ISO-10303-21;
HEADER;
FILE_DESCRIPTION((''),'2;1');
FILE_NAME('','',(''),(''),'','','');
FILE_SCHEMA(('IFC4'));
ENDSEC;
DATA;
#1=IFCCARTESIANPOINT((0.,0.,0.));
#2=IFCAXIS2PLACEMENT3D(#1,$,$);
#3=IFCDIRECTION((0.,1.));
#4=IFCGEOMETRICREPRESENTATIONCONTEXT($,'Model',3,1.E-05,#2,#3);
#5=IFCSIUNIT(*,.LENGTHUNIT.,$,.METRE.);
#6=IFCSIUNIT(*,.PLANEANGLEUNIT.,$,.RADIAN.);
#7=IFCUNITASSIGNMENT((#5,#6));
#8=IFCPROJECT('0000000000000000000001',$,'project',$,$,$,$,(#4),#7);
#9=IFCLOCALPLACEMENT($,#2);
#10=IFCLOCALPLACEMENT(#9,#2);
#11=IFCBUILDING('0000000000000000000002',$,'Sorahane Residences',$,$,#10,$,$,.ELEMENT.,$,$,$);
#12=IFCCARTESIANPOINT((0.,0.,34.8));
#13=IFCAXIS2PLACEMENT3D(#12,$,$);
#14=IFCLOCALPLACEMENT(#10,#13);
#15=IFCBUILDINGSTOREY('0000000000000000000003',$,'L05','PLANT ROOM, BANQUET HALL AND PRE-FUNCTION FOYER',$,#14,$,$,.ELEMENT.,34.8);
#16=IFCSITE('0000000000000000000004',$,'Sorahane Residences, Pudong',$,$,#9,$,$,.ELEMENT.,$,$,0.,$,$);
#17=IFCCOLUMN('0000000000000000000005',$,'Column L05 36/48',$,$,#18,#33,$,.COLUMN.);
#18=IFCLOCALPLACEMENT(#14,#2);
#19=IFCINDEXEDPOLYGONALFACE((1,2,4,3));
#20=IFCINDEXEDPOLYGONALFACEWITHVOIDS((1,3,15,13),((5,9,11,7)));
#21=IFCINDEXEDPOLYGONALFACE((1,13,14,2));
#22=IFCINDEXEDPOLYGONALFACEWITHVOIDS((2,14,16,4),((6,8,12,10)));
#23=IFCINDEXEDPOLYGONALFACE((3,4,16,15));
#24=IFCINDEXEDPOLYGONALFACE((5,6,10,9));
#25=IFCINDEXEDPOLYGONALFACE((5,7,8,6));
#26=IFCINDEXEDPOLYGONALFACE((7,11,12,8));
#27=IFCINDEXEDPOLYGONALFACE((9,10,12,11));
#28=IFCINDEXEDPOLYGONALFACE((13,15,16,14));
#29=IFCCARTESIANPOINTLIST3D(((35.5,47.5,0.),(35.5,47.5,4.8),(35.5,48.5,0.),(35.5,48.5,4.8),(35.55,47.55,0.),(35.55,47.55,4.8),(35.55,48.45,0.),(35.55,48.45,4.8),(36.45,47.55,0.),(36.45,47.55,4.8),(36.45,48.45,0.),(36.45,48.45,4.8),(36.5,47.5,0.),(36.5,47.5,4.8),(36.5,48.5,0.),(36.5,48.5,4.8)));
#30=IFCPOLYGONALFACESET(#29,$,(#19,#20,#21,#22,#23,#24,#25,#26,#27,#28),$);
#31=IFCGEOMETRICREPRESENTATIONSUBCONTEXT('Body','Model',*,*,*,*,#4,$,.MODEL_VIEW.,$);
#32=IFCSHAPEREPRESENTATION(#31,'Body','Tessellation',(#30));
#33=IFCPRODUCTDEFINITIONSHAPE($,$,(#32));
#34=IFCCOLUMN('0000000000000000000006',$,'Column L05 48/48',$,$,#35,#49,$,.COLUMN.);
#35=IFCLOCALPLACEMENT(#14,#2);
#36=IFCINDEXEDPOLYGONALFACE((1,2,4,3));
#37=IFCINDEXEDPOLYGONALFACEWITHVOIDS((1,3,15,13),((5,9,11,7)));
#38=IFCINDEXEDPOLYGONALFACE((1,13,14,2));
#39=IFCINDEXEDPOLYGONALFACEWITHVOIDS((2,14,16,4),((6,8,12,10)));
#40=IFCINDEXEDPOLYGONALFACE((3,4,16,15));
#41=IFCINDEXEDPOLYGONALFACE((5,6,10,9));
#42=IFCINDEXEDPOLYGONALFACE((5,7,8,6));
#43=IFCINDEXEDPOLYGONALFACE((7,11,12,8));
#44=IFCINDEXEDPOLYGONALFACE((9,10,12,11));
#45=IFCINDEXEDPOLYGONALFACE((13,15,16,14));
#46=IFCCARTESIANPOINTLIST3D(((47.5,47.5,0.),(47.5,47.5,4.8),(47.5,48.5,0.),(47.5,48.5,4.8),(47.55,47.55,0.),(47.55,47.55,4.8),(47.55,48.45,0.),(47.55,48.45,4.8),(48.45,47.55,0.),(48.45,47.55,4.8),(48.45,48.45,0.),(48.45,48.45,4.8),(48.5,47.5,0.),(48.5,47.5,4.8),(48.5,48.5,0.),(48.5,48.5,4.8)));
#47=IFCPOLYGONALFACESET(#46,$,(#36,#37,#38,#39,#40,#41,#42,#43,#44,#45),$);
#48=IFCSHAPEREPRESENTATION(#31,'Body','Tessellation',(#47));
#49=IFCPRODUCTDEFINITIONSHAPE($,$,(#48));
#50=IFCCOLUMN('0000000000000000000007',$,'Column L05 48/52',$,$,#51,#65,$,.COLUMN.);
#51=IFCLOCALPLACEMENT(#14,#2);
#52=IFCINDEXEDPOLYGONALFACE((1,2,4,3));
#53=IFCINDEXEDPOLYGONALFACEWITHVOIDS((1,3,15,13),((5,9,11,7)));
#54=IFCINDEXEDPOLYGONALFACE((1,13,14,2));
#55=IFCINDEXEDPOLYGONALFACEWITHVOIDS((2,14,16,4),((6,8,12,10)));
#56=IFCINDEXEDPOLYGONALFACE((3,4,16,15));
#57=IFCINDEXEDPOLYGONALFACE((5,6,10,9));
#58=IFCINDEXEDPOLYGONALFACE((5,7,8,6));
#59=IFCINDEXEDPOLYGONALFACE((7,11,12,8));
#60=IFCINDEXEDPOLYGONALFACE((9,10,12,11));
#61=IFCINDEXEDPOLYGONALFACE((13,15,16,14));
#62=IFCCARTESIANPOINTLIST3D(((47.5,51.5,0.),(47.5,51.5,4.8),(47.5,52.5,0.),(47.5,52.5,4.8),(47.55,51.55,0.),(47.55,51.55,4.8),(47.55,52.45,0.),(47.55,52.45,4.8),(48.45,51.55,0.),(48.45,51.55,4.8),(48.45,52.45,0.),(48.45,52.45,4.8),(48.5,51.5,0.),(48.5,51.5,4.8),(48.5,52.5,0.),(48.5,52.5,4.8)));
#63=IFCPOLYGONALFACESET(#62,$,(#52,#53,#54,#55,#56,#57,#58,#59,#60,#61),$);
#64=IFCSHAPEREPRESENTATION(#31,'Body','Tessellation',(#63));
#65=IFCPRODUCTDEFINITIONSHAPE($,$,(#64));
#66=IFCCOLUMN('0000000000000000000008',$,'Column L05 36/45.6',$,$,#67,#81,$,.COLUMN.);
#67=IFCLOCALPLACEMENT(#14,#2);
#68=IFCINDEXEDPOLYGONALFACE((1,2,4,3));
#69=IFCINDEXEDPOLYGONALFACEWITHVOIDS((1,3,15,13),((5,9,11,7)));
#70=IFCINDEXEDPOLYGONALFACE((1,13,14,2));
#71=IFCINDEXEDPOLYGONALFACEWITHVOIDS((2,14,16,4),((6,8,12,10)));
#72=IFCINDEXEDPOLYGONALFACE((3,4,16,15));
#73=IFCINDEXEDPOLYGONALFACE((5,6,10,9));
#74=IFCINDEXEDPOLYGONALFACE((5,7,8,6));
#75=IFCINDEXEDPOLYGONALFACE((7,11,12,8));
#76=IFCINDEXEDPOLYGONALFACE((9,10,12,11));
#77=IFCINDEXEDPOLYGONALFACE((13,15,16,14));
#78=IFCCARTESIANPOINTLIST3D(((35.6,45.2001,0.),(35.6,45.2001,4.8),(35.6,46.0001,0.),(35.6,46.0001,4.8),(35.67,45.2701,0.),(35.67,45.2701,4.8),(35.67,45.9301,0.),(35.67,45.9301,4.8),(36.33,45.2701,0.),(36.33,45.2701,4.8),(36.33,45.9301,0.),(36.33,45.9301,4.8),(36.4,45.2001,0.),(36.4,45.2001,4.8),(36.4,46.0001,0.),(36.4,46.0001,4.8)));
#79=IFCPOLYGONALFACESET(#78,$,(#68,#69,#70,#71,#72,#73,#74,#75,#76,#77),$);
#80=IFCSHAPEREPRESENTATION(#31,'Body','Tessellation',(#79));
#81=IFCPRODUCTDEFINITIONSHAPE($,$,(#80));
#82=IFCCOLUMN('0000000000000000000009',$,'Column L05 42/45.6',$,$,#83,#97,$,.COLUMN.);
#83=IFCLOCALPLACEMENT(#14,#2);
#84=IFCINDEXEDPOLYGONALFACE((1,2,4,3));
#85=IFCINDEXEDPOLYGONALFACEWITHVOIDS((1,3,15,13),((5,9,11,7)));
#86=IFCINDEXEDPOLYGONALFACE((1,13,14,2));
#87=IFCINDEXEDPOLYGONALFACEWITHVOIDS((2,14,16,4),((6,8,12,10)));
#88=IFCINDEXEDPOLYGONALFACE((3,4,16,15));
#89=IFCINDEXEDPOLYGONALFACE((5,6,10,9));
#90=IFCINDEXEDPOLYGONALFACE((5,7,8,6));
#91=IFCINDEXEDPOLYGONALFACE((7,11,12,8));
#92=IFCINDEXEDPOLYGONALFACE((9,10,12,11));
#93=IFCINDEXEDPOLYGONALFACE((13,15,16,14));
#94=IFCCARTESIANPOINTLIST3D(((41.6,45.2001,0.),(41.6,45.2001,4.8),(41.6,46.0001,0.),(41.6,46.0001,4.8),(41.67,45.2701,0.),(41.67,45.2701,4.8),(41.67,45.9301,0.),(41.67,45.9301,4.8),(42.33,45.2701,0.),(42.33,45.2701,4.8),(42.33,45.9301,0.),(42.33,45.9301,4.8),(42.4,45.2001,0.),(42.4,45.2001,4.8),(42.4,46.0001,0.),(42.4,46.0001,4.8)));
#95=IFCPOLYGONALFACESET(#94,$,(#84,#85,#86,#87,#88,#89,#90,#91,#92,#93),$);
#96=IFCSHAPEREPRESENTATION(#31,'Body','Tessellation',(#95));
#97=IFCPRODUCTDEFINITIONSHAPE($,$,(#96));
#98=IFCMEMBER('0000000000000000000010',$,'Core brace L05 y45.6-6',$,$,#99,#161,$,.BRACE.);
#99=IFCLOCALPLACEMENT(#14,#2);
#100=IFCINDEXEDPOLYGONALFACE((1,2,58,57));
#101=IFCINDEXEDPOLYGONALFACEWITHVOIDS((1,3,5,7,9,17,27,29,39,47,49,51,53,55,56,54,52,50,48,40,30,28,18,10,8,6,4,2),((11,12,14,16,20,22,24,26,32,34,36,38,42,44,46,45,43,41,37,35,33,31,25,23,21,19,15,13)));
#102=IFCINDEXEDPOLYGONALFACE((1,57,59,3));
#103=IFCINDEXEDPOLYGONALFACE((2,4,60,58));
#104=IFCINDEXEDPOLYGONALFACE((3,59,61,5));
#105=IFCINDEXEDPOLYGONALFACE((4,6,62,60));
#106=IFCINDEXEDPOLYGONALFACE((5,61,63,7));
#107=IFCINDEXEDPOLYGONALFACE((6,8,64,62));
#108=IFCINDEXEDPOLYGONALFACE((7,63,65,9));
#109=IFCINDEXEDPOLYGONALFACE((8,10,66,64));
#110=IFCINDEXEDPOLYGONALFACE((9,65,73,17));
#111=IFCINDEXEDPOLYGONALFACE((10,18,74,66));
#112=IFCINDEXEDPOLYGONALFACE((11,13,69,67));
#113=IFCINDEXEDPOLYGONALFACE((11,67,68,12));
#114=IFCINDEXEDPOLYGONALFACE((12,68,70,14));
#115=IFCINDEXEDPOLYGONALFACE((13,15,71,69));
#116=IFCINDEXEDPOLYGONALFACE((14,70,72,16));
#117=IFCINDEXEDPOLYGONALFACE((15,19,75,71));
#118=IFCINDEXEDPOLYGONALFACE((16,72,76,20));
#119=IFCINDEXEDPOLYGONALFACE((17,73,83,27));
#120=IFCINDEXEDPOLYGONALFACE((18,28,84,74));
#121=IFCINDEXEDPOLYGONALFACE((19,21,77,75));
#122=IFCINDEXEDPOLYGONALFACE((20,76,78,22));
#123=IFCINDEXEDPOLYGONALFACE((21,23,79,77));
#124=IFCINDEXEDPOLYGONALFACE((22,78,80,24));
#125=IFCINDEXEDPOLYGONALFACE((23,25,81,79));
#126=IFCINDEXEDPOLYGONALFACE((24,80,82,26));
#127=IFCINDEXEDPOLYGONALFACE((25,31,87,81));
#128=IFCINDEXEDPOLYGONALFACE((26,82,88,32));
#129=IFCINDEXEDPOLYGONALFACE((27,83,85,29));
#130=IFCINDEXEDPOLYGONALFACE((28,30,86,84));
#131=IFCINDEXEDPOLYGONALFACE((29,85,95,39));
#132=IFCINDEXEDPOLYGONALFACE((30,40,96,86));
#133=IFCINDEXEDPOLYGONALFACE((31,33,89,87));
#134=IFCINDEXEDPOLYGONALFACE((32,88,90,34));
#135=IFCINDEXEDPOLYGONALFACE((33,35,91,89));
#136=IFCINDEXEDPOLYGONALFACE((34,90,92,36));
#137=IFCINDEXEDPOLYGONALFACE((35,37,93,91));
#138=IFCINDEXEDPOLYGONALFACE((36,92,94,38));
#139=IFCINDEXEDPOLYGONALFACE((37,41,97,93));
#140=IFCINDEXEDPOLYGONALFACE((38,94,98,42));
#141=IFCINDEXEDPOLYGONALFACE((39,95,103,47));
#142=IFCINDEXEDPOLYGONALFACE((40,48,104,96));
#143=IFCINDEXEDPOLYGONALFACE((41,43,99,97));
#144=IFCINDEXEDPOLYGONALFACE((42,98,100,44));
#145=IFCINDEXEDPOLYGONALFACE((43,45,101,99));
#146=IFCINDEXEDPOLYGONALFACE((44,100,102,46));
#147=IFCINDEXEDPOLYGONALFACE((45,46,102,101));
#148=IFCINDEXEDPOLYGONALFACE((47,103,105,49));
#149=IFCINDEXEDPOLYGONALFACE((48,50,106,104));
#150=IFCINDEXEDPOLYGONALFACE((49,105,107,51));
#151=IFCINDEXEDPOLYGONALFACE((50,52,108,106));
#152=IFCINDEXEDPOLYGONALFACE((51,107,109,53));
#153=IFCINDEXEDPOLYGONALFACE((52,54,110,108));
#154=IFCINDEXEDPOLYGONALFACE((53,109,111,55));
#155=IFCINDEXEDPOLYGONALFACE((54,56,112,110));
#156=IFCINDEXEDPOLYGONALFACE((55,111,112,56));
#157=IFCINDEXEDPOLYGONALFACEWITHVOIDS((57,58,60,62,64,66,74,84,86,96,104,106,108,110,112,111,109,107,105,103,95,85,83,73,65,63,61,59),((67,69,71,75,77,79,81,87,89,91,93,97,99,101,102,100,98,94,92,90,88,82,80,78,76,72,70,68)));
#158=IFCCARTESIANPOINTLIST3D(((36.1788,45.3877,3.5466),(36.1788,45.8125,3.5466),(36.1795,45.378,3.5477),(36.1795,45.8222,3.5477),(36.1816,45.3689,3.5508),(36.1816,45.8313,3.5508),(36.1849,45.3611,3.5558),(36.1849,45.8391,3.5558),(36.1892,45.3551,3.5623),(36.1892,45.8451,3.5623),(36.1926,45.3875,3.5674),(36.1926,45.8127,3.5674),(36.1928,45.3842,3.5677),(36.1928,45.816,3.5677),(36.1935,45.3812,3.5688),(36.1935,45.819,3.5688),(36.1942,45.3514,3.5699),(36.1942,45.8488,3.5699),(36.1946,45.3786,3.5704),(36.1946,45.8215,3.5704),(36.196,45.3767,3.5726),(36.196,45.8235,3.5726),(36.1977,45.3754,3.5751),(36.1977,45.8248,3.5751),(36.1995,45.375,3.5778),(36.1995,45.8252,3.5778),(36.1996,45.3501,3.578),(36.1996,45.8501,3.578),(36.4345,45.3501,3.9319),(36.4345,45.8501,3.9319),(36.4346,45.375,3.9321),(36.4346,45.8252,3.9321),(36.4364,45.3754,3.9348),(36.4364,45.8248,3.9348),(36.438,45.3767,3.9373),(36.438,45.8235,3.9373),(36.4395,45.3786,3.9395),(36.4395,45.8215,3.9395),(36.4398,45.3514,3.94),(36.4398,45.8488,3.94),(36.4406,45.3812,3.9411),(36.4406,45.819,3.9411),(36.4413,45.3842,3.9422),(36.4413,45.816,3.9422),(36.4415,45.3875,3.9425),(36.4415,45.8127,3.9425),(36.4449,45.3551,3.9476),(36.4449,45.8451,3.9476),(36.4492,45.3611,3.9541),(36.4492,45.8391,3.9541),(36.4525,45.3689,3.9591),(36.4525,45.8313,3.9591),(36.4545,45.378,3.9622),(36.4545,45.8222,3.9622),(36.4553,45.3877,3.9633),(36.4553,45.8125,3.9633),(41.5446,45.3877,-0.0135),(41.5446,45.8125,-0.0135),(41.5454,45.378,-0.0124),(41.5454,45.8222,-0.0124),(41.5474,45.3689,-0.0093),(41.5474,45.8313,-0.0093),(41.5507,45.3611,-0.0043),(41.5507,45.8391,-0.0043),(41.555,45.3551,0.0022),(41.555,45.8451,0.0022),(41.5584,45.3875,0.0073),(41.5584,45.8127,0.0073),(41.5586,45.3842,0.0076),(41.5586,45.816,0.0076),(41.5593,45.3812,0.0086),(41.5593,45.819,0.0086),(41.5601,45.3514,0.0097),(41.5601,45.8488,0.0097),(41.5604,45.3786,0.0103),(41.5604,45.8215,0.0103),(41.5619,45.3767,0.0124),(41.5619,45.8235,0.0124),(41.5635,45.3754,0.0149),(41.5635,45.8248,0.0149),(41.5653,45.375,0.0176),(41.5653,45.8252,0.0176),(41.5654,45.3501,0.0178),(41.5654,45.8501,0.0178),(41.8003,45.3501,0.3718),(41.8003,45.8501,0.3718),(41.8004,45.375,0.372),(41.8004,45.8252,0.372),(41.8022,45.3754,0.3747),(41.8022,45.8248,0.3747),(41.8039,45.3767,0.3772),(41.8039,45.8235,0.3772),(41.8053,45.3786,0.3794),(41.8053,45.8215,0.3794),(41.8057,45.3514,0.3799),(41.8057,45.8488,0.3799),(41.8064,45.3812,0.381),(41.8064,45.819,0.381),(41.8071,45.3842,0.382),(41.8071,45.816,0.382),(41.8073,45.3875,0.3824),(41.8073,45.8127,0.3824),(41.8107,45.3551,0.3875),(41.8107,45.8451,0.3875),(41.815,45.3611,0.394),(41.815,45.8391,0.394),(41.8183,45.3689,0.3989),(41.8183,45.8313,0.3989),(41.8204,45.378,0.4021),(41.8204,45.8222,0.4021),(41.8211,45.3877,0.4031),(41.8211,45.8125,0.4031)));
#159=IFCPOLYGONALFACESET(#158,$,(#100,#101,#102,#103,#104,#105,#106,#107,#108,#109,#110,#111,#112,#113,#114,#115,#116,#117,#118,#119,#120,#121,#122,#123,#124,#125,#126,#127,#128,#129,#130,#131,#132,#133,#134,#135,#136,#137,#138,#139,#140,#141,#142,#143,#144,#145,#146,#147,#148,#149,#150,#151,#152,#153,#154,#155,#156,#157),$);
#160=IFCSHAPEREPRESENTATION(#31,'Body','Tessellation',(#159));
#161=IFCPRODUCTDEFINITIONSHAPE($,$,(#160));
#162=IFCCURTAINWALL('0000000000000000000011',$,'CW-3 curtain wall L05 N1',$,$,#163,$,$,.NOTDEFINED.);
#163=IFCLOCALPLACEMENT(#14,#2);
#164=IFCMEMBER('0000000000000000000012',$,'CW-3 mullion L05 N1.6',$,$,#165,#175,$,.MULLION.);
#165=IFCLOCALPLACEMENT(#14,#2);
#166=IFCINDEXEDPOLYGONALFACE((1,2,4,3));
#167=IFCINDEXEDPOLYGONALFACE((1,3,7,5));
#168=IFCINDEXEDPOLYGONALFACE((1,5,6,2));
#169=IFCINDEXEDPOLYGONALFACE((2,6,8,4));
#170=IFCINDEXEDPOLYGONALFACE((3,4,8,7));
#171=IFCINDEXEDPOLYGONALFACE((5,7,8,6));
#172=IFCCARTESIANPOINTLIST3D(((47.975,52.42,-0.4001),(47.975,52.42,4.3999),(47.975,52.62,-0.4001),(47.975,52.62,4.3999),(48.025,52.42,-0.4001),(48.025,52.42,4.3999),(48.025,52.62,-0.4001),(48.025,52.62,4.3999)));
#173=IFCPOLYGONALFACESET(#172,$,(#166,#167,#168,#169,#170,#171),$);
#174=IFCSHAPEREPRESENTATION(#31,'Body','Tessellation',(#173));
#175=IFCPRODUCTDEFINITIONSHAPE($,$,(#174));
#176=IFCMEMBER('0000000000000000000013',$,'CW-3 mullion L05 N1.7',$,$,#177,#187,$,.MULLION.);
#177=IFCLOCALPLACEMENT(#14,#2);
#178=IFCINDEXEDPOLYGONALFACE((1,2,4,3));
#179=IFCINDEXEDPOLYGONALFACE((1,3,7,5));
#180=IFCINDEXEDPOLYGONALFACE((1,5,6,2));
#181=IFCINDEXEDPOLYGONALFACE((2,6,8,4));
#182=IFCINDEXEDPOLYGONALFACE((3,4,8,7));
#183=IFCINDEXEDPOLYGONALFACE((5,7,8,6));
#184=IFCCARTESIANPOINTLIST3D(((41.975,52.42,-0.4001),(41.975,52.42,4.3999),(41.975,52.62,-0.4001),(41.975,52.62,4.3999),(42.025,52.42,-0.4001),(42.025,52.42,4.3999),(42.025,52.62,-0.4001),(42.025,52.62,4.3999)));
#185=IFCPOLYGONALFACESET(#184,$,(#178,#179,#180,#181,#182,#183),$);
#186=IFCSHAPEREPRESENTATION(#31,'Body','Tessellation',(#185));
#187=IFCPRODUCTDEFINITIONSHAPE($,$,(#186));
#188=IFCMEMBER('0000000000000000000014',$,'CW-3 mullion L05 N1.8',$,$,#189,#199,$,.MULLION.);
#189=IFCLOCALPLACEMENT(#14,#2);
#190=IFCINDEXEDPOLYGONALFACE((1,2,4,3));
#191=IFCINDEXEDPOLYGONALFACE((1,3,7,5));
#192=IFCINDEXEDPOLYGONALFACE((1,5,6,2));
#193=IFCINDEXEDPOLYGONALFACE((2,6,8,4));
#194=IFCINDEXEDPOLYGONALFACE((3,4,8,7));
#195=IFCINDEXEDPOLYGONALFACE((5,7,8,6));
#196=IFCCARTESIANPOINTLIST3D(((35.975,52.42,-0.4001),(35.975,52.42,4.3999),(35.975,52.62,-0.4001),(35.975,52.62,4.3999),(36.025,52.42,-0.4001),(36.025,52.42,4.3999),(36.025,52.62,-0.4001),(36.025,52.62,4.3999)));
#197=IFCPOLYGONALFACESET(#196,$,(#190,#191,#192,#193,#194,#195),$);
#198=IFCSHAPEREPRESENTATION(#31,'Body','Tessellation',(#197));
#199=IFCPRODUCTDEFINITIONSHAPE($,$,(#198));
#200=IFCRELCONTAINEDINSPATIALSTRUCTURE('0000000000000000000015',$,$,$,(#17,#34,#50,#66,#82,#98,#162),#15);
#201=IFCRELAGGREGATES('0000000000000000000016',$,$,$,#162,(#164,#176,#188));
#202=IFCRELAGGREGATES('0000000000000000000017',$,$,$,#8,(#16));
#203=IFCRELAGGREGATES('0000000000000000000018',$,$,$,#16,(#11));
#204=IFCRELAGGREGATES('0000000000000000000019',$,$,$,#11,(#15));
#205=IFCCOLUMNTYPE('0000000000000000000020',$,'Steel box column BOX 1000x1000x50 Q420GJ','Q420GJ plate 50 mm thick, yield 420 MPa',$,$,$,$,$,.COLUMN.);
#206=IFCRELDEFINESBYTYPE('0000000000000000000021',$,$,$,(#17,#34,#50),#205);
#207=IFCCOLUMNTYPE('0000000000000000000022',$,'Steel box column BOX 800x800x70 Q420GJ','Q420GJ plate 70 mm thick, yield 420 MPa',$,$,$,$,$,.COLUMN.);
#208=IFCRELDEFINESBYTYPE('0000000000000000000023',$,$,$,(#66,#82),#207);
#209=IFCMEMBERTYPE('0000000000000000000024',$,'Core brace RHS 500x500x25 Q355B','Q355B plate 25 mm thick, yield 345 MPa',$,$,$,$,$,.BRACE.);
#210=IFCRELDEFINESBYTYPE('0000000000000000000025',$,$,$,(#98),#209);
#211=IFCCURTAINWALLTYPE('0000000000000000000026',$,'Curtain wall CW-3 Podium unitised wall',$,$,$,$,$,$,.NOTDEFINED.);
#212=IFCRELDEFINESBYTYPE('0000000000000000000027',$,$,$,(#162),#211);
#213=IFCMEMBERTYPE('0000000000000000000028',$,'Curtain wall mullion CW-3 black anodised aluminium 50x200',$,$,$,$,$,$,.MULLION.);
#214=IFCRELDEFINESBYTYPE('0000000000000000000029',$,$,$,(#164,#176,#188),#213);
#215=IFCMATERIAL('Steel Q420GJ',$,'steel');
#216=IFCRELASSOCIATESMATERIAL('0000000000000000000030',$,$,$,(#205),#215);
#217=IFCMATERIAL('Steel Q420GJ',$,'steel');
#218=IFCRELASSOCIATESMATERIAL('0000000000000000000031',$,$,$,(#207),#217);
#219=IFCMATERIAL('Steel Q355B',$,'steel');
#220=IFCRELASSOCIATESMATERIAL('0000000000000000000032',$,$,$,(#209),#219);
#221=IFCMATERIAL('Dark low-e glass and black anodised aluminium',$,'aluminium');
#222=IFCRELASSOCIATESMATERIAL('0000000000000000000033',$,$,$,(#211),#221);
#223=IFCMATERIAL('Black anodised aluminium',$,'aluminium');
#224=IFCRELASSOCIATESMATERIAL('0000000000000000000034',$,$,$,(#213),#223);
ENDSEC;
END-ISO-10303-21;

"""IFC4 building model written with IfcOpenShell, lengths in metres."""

from ifc_helpers import new_model, si_unit, direction, frame, origin, origin_2d, place, context, subcontext, project, spatial, rectangle, hollow_rectangle, extrude, material, material_profile, profile_set, type_object, element, aggregate, save


model = new_model("IFC4")

# Units and contexts
model_context = context("Model", 3, precision=1e-05, world=origin(), true_north=direction((0.0, 1.0)))
body_context = subcontext(model_context, "Body", "Model", "MODEL_VIEW")
ifc_project = project(units=[si_unit("LENGTHUNIT", "METRE"), si_unit("PLANEANGLEUNIT", "RADIAN")], contexts=[model_context])

# Site, building, storey
site_placement = place(None, origin())
site = spatial("IfcSite", under=ifc_project, at=site_placement, Name="Sorahane Residences, Pudong", CompositionType="ELEMENT", RefElevation=0.0)
building_placement = place(site_placement, origin())
building = spatial("IfcBuilding", under=site, at=building_placement, Name="Sorahane Residences", CompositionType="ELEMENT")
storey_placement = place(building_placement, frame((0.0, 0.0, 34.8)))
storey = spatial("IfcBuildingStorey", under=building, at=storey_placement, Name="L05", Description="PLANT ROOM, BANQUET HALL AND PRE-FUNCTION FOYER", CompositionType="ELEMENT", Elevation=34.8)

# Columns
ifc_material_1 = material(Name="Steel Q420GJ", Category="steel")
ifc_material_profile_1 = material_profile(ifc_material_1, hollow_rectangle(XDim=1.0, YDim=1.0, WallThickness=0.05, at=origin_2d()), Name="BOX 1000x1000x50")
ifc_profile_set_1 = profile_set([ifc_material_profile_1], Name="Steel Q420GJ")
column_type_1 = type_object("IfcColumnType", Name="Steel box column BOX 1000x1000x50 Q420GJ", Description="Q420GJ plate 50 mm thick, yield 420 MPa", PredefinedType="COLUMN", material=ifc_profile_set_1)
for number, where, z_axis, x_axis, name in (
    (1, (36.0, 48.0, 0.0), (0.0, 0.0, 1.0), (1.0, 0.0, 0.0), "Column L05 36/48"),
    (2, (48.0, 48.0, 0.0), (0.0, 0.0, 1.0), (1.0, 0.0, 0.0), "Column L05 48/48"),
    (3, (48.0, 52.0, 0.0), (0.0, 0.0, 1.0), (1.0, 0.0, 0.0), "Column L05 48/52"),
):
    element("IfcColumn", number, at=place(storey_placement, frame(where, z_axis=z_axis, x_axis=x_axis)), inside=storey, type_object=column_type_1, Name=name, PredefinedType="COLUMN", context=body_context, shape_type="SweptSolid", body=[
        extrude(hollow_rectangle(XDim=1.0, YDim=1.0, WallThickness=0.05, at=origin_2d()), origin(), (0.0, 0.0, 1.0), 4.8),
    ])
ifc_material_2 = material(Name="Steel Q420GJ", Category="steel")
ifc_material_profile_2 = material_profile(ifc_material_2, hollow_rectangle(XDim=0.8, YDim=0.8, WallThickness=0.0701, at=origin_2d()), Name="BOX 800x800x70")
ifc_profile_set_2 = profile_set([ifc_material_profile_2], Name="Steel Q420GJ")
column_type_2 = type_object("IfcColumnType", Name="Steel box column BOX 800x800x70 Q420GJ", Description="Q420GJ plate 70 mm thick, yield 420 MPa", PredefinedType="COLUMN", material=ifc_profile_set_2)
for number, where, z_axis, x_axis, name in (
    (4, (36.0, 45.6001, 0.0), (0.0, 0.0, 1.0), (1.0, 0.0, 0.0), "Column L05 36/45.6"),
    (5, (42.0, 45.6001, 0.0), (0.0, 0.0, 1.0), (1.0, 0.0, 0.0), "Column L05 42/45.6"),
):
    element("IfcColumn", number, at=place(storey_placement, frame(where, z_axis=z_axis, x_axis=x_axis)), inside=storey, type_object=column_type_2, Name=name, PredefinedType="COLUMN", context=body_context, shape_type="SweptSolid", body=[
        extrude(hollow_rectangle(XDim=0.8, YDim=0.8, WallThickness=0.0701, at=origin_2d()), origin(), (0.0, 0.0, 1.0), 4.8),
    ])

# Member
ifc_material_3 = material(Name="Steel Q355B", Category="steel")
ifc_material_profile_3 = material_profile(ifc_material_3, hollow_rectangle(XDim=0.5, YDim=0.5, WallThickness=0.0249, InnerFilletRadius=0.0125, OuterFilletRadius=0.0376, at=origin_2d()), Name="RHS 500x500x25")
ifc_profile_set_3 = profile_set([ifc_material_profile_3], Name="Steel Q355B")
member_type_1 = type_object("IfcMemberType", Name="Core brace RHS 500x500x25 Q355B", Description="Q355B plate 25 mm thick, yield 345 MPa", PredefinedType="BRACE", material=ifc_profile_set_3)
member_1_placement = place(storey_placement, frame((41.6829, 45.6001, 0.1948), z_axis=(-0.833273, 0.0, 0.552861), x_axis=(0.0, -1.0, 0.0)))
element("IfcMember", 6, at=member_1_placement, inside=storey, type_object=member_type_1, Name="Core brace L05 y45.6-6", PredefinedType="BRACE", context=body_context, shape_type="SweptSolid", body=[
    extrude(hollow_rectangle(XDim=0.5, YDim=0.5, WallThickness=0.0249, InnerFilletRadius=0.0125, OuterFilletRadius=0.0376, at=origin_2d()), origin(), (0.0, 0.0, 1.0), 6.4395),
])

# Curtain wall, members
ifc_material_4 = material(Name="Dark low-e glass and black anodised aluminium", Category="aluminium")
curtain_wall_type = type_object("IfcCurtainWallType", Name="Curtain wall CW-3 Podium unitised wall", PredefinedType="NOTDEFINED", material=ifc_material_4)
curtain_wall_placement = place(storey_placement, origin())
curtain_wall = element("IfcCurtainWall", 7, at=curtain_wall_placement, inside=storey, type_object=curtain_wall_type, Name="CW-3 curtain wall L05 N1", PredefinedType="NOTDEFINED")
ifc_material_5 = material(Name="Black anodised aluminium", Category="aluminium")
ifc_material_profile_4 = material_profile(ifc_material_5, rectangle(XDim=0.2, YDim=0.05, at=origin_2d()), Name="Curtain wall mullion CW-3 black anodised aluminium 50x200")
ifc_profile_set_4 = profile_set([ifc_material_profile_4], Name="Black anodised aluminium")
member_type_2 = type_object("IfcMemberType", Name="Curtain wall mullion CW-3 black anodised aluminium 50x200", PredefinedType="MULLION", material=ifc_profile_set_4)
member_2_placement = place(storey_placement, frame((48.0, 52.52, -0.4001), z_axis=(0.0, 0.0, 1.0), x_axis=(0.0, 1.0, 0.0)))
member_2 = element("IfcMember", 8, at=member_2_placement, type_object=member_type_2, Name="CW-3 mullion L05 N1.6", PredefinedType="MULLION", context=body_context, shape_type="SweptSolid", body=[
    extrude(rectangle(XDim=0.2, YDim=0.05, at=origin_2d()), origin(), (0.0, 0.0, 1.0), 4.8),
])
member_3_placement = place(storey_placement, frame((42.0, 52.52, -0.4001), z_axis=(0.0, 0.0, 1.0), x_axis=(0.0, 1.0, 0.0)))
member_3 = element("IfcMember", 9, at=member_3_placement, type_object=member_type_2, Name="CW-3 mullion L05 N1.7", PredefinedType="MULLION", context=body_context, shape_type="SweptSolid", body=[
    extrude(rectangle(XDim=0.2, YDim=0.05, at=origin_2d()), origin(), (0.0, 0.0, 1.0), 4.8),
])
member_4_placement = place(storey_placement, frame((36.0, 52.52, -0.4001), z_axis=(0.0, 0.0, 1.0), x_axis=(0.0, 1.0, 0.0)))
member_4 = element("IfcMember", 10, at=member_4_placement, type_object=member_type_2, Name="CW-3 mullion L05 N1.8", PredefinedType="MULLION", context=body_context, shape_type="SweptSolid", body=[
    extrude(rectangle(XDim=0.2, YDim=0.05, at=origin_2d()), origin(), (0.0, 0.0, 1.0), 4.8),
])

aggregate(curtain_wall, [member_2, member_3, member_4])

save(model, "model.ifc")
